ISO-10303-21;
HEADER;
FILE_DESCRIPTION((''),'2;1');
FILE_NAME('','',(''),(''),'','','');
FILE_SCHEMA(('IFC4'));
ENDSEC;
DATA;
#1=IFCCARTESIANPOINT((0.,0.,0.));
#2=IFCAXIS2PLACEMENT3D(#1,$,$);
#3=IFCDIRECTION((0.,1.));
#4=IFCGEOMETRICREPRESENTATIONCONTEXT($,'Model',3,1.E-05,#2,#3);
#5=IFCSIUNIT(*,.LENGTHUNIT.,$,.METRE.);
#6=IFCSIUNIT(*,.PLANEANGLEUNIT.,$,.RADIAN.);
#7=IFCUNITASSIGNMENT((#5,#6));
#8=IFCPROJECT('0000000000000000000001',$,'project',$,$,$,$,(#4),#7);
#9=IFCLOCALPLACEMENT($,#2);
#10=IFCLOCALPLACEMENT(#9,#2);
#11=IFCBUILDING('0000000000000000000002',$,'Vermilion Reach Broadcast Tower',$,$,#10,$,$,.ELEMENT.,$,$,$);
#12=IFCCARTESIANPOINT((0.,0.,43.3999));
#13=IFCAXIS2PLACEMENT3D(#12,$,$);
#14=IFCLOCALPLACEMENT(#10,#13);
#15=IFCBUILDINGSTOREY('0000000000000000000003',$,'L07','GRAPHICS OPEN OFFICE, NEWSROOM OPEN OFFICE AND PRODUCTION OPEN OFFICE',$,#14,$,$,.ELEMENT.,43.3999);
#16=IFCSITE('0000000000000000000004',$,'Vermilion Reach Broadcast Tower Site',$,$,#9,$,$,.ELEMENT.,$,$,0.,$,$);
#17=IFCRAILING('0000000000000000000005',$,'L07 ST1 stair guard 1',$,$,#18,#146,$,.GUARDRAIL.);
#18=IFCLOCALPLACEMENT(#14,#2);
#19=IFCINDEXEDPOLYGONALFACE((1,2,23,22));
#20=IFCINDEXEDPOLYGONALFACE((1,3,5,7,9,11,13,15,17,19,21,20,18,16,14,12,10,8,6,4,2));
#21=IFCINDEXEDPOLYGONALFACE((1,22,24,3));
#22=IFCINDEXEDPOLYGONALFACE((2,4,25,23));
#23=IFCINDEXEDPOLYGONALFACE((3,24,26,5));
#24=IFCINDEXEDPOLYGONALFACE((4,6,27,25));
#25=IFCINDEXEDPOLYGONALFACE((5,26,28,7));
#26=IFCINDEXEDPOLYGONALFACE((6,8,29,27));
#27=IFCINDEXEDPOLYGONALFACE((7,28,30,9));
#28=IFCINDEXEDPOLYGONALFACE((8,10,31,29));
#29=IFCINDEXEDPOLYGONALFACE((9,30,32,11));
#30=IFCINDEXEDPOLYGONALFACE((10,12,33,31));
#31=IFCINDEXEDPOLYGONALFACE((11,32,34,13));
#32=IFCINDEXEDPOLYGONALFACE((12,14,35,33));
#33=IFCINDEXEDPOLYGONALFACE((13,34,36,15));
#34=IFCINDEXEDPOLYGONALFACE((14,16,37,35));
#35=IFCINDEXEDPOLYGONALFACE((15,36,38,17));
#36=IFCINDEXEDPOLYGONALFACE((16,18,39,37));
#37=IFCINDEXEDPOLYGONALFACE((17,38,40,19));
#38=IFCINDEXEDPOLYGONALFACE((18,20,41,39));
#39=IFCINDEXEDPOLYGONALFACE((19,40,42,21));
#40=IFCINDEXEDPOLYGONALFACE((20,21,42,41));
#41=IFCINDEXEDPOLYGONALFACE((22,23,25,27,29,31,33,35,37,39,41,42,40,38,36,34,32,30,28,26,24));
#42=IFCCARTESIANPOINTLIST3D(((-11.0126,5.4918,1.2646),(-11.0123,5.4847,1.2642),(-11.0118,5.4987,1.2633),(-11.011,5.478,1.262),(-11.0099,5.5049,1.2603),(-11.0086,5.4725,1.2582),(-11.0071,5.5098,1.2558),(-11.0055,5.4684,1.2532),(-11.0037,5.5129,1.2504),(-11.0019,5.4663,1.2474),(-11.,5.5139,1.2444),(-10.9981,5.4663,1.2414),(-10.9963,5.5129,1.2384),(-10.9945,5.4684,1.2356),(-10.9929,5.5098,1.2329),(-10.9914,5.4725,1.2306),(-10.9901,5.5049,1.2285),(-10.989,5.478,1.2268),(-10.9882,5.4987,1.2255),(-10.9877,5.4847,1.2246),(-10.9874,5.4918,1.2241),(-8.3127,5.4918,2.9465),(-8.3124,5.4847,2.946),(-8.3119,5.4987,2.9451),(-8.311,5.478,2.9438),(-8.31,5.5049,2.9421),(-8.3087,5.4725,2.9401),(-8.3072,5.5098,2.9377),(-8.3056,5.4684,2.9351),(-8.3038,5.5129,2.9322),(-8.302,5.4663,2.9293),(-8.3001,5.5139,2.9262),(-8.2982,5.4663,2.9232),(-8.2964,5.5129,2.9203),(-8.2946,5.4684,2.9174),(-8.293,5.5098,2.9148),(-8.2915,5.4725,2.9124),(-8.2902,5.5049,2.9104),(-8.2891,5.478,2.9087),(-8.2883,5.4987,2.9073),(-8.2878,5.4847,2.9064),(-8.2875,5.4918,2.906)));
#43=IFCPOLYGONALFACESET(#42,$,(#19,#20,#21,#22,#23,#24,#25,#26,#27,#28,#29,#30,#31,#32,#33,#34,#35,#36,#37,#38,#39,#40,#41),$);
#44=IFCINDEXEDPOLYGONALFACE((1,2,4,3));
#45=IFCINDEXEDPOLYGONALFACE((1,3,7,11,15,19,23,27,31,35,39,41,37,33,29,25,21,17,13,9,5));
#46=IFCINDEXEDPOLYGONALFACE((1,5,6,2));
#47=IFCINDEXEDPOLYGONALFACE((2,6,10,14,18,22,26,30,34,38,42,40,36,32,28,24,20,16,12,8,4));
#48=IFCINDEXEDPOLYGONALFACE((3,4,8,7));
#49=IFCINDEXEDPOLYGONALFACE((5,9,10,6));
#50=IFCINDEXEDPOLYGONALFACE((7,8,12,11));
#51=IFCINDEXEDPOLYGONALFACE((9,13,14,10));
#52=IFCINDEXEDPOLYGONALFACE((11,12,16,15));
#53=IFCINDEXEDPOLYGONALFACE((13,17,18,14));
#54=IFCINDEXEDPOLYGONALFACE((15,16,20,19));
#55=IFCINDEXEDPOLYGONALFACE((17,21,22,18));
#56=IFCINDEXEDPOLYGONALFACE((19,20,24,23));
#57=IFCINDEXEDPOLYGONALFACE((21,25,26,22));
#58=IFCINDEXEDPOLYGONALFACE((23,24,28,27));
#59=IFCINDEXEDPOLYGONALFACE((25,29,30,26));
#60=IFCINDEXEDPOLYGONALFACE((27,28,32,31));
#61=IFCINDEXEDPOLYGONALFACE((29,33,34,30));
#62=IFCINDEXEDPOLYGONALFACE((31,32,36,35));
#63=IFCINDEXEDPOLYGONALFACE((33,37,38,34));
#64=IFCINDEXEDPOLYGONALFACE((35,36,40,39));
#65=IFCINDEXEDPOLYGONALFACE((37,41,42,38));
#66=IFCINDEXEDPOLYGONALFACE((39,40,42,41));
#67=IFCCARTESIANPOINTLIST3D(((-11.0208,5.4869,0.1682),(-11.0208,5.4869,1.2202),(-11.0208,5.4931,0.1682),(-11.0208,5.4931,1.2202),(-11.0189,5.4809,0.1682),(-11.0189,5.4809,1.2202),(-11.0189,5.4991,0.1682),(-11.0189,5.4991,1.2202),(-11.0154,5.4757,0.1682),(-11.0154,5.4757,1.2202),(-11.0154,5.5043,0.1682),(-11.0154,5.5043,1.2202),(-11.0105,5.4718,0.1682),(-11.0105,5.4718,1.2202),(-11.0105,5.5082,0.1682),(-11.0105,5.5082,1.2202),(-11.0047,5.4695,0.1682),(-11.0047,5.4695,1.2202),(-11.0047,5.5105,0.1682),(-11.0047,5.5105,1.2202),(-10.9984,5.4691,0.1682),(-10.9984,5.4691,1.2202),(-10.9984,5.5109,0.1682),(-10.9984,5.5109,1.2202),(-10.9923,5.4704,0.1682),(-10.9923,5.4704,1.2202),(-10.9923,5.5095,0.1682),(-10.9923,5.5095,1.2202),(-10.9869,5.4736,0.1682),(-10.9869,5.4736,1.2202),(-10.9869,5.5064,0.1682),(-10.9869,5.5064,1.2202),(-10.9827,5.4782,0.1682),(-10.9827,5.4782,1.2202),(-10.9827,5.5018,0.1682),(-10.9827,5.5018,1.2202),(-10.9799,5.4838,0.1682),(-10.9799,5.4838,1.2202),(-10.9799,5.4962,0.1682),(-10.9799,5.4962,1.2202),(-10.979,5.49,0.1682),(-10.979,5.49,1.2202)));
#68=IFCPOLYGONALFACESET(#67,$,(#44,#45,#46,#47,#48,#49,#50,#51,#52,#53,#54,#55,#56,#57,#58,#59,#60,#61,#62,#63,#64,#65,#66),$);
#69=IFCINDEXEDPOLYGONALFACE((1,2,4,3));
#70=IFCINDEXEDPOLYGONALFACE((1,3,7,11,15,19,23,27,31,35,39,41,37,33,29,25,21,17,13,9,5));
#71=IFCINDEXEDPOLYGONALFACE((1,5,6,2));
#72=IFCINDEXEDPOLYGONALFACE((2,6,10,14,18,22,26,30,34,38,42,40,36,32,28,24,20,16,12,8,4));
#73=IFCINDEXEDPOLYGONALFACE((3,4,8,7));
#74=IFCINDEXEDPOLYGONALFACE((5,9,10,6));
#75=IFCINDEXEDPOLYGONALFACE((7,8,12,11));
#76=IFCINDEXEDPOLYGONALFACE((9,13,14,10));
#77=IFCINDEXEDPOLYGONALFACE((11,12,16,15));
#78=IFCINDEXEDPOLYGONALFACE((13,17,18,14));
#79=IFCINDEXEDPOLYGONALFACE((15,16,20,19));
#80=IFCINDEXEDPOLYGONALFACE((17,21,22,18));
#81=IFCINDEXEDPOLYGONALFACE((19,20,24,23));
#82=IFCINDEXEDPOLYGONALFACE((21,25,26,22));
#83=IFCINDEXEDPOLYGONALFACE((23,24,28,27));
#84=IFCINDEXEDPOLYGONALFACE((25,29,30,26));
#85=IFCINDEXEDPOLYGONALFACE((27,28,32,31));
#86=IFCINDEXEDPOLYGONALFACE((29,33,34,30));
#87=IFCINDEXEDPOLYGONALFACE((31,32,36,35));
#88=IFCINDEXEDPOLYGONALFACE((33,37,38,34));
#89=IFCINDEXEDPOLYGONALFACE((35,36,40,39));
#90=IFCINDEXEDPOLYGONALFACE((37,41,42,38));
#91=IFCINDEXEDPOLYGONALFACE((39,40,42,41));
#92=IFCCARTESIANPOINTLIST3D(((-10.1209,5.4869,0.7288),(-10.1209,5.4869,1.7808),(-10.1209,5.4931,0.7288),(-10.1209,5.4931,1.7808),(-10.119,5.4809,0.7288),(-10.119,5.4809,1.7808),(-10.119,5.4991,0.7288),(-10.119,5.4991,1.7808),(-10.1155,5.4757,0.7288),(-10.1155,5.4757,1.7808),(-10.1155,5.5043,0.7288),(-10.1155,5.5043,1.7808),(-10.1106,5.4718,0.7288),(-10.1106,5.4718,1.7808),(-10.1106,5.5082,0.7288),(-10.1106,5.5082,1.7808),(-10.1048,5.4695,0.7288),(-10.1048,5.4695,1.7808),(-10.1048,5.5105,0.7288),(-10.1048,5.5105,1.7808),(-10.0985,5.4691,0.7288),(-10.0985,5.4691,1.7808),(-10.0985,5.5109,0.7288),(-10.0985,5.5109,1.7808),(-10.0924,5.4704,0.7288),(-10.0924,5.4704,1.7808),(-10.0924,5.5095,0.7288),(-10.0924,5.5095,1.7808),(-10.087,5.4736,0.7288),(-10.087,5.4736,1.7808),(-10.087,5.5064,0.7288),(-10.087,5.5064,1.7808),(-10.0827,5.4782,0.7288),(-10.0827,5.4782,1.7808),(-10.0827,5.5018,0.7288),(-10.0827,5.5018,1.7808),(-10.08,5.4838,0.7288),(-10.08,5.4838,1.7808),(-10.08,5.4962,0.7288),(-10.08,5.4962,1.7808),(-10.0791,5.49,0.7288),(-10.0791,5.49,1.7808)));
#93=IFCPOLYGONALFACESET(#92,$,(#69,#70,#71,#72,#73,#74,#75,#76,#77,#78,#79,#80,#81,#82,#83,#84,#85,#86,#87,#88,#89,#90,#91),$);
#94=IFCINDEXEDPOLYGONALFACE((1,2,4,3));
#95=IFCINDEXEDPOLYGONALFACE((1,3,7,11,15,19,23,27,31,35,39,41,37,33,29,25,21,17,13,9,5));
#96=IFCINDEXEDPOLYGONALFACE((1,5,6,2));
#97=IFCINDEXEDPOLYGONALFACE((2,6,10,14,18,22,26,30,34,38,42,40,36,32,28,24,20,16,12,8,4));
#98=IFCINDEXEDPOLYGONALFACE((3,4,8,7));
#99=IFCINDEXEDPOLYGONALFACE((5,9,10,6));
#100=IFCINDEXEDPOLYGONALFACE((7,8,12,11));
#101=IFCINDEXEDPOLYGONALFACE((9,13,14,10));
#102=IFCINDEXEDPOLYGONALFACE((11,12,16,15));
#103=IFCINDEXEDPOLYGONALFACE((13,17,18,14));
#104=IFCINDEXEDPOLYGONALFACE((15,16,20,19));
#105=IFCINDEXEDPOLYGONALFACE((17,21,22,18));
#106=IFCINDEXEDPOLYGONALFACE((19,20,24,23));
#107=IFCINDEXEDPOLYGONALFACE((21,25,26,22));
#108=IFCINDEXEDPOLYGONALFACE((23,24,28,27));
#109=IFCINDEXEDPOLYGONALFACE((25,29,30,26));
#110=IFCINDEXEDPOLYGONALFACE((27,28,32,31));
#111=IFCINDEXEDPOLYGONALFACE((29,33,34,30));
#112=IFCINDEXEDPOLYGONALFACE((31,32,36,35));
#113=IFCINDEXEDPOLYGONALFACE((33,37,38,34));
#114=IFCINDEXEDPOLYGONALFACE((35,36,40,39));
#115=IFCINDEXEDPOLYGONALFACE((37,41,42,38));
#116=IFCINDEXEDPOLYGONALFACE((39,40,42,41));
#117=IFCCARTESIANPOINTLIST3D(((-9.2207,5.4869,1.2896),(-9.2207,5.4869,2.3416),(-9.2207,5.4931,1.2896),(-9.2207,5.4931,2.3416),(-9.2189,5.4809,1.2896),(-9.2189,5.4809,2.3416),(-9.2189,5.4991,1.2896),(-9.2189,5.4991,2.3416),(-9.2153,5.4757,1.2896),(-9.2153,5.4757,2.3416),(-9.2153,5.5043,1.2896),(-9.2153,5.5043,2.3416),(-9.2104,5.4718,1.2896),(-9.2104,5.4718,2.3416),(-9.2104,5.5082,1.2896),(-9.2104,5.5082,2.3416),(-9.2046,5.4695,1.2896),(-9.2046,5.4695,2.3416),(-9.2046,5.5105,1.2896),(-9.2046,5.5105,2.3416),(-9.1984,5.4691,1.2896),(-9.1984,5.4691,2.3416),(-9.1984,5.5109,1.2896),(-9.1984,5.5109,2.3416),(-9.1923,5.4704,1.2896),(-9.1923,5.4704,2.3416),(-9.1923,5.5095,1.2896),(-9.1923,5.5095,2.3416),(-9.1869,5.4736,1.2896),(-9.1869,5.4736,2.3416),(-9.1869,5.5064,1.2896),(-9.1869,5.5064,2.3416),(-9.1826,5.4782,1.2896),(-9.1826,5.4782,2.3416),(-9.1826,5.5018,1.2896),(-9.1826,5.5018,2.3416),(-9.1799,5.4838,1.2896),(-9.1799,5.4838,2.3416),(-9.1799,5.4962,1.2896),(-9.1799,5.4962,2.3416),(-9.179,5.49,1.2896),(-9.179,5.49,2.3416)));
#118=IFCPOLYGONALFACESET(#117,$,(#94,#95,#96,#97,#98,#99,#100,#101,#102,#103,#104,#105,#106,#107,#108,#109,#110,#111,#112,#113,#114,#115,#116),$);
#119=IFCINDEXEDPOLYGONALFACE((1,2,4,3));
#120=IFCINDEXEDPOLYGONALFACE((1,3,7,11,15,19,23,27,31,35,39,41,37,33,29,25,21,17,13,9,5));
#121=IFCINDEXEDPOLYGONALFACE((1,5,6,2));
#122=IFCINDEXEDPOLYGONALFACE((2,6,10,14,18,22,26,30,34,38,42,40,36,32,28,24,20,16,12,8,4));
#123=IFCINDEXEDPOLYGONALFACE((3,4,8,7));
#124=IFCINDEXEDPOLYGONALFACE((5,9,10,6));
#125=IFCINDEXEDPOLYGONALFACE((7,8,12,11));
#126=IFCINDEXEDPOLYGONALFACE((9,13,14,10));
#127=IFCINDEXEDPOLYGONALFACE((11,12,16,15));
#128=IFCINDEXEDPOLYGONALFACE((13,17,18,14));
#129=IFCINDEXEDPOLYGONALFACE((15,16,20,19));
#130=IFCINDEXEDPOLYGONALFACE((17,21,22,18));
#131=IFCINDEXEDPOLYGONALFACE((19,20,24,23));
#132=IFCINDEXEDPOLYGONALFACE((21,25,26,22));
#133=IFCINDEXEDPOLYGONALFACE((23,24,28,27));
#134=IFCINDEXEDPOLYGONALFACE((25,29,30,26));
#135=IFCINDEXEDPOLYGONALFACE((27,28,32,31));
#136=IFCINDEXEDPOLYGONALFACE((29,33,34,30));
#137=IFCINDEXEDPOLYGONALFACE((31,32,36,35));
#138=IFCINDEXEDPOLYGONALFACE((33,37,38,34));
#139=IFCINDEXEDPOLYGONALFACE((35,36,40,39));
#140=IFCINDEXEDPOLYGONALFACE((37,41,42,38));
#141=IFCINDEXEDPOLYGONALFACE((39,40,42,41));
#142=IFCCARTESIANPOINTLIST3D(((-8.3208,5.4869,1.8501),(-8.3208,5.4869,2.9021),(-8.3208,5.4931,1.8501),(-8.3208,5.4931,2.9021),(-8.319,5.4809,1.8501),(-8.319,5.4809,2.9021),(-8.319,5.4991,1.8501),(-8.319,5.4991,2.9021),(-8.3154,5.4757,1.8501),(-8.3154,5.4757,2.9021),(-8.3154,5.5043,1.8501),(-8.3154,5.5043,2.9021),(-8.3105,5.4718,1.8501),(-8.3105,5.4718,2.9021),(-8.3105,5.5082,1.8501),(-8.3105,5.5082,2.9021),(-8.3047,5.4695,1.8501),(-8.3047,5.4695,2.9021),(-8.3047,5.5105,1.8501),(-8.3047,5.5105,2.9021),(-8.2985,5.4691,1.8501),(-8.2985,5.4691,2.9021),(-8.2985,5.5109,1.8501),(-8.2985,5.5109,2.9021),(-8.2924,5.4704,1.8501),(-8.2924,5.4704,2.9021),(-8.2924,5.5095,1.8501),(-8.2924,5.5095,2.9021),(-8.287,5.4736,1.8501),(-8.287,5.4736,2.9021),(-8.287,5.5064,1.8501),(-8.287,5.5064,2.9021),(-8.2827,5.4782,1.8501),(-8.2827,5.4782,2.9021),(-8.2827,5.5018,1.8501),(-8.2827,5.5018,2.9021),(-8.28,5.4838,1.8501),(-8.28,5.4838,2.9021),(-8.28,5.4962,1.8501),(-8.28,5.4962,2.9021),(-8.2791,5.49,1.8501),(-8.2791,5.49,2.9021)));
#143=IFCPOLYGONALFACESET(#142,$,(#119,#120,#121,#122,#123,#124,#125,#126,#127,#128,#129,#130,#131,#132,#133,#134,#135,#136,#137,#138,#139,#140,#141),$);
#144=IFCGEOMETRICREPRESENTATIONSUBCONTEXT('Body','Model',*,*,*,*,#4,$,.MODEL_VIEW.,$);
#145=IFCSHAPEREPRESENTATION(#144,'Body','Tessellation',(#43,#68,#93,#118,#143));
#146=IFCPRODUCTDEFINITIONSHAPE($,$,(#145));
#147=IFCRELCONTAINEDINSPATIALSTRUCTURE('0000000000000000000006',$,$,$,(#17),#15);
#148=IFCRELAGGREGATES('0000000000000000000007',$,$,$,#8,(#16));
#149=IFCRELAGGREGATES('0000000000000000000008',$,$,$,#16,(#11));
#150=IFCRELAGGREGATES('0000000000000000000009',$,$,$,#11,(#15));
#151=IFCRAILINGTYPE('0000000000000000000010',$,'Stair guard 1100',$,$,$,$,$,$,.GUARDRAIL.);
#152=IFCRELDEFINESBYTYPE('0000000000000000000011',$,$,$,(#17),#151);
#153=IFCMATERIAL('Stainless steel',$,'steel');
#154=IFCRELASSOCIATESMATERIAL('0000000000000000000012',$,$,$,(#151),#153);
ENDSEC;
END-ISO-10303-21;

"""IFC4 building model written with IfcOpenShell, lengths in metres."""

from ifc_helpers import new_model, si_unit, direction, frame, origin, origin_2d, place, context, subcontext, project, spatial, circle, extrude, material, type_object, element, save


model = new_model("IFC4")

# Units and contexts
model_context = context("Model", 3, precision=1e-05, world=origin(), true_north=direction((0.0, 1.0)))
body_context = subcontext(model_context, "Body", "Model", "MODEL_VIEW")
ifc_project = project(units=[si_unit("LENGTHUNIT", "METRE"), si_unit("PLANEANGLEUNIT", "RADIAN")], contexts=[model_context])

# Site, building, storey
site_placement = place(None, origin())
site = spatial("IfcSite", under=ifc_project, at=site_placement, Name="Vermilion Reach Broadcast Tower Site", CompositionType="ELEMENT", RefElevation=0.0)
building_placement = place(site_placement, origin())
building = spatial("IfcBuilding", under=site, at=building_placement, Name="Vermilion Reach Broadcast Tower", CompositionType="ELEMENT")
storey_placement = place(building_placement, frame((0.0, 0.0, 43.3999)))
storey = spatial("IfcBuildingStorey", under=building, at=storey_placement, Name="L07", Description="GRAPHICS OPEN OFFICE, NEWSROOM OPEN OFFICE AND PRODUCTION OPEN OFFICE", CompositionType="ELEMENT", Elevation=43.3999)

# Railing
ifc_material_1 = material(Name="Stainless steel", Category="steel")
railing_type_1 = type_object("IfcRailingType", Name="Stair guard 1100", PredefinedType="GUARDRAIL", material=ifc_material_1)
railing_1_placement = place(storey_placement, frame((-11.0, 5.49, 0.1682)))
element("IfcRailing", 1, at=railing_1_placement, inside=storey, type_object=railing_type_1, Name="L07 ST1 stair guard 1", PredefinedType="GUARDRAIL", context=body_context, shape_type="SweptSolid", body=[
    extrude(circle(Radius=0.0239, at=origin_2d()), frame((0.0, 0.0, 1.0762), z_axis=(0.848786, 0.0, 0.528736), x_axis=(0.0, 1.0, 0.0)), (0.0, 0.0, 1.0), 3.1809),
    extrude(circle(Radius=0.021, at=origin_2d()), origin(), (0.0, 0.0, 1.0), 1.052),
    extrude(circle(Radius=0.021, at=origin_2d()), frame((0.8999, 0.0, 0.5605)), (0.0, 0.0, 1.0), 1.052),
    extrude(circle(Radius=0.021, at=origin_2d()), frame((1.8, 0.0, 1.1213)), (0.0, 0.0, 1.0), 1.052),
    extrude(circle(Radius=0.021, at=origin_2d()), frame((2.7, 0.0, 1.6819)), (0.0, 0.0, 1.0), 1.052),
])

save(model, "model.ifc")
